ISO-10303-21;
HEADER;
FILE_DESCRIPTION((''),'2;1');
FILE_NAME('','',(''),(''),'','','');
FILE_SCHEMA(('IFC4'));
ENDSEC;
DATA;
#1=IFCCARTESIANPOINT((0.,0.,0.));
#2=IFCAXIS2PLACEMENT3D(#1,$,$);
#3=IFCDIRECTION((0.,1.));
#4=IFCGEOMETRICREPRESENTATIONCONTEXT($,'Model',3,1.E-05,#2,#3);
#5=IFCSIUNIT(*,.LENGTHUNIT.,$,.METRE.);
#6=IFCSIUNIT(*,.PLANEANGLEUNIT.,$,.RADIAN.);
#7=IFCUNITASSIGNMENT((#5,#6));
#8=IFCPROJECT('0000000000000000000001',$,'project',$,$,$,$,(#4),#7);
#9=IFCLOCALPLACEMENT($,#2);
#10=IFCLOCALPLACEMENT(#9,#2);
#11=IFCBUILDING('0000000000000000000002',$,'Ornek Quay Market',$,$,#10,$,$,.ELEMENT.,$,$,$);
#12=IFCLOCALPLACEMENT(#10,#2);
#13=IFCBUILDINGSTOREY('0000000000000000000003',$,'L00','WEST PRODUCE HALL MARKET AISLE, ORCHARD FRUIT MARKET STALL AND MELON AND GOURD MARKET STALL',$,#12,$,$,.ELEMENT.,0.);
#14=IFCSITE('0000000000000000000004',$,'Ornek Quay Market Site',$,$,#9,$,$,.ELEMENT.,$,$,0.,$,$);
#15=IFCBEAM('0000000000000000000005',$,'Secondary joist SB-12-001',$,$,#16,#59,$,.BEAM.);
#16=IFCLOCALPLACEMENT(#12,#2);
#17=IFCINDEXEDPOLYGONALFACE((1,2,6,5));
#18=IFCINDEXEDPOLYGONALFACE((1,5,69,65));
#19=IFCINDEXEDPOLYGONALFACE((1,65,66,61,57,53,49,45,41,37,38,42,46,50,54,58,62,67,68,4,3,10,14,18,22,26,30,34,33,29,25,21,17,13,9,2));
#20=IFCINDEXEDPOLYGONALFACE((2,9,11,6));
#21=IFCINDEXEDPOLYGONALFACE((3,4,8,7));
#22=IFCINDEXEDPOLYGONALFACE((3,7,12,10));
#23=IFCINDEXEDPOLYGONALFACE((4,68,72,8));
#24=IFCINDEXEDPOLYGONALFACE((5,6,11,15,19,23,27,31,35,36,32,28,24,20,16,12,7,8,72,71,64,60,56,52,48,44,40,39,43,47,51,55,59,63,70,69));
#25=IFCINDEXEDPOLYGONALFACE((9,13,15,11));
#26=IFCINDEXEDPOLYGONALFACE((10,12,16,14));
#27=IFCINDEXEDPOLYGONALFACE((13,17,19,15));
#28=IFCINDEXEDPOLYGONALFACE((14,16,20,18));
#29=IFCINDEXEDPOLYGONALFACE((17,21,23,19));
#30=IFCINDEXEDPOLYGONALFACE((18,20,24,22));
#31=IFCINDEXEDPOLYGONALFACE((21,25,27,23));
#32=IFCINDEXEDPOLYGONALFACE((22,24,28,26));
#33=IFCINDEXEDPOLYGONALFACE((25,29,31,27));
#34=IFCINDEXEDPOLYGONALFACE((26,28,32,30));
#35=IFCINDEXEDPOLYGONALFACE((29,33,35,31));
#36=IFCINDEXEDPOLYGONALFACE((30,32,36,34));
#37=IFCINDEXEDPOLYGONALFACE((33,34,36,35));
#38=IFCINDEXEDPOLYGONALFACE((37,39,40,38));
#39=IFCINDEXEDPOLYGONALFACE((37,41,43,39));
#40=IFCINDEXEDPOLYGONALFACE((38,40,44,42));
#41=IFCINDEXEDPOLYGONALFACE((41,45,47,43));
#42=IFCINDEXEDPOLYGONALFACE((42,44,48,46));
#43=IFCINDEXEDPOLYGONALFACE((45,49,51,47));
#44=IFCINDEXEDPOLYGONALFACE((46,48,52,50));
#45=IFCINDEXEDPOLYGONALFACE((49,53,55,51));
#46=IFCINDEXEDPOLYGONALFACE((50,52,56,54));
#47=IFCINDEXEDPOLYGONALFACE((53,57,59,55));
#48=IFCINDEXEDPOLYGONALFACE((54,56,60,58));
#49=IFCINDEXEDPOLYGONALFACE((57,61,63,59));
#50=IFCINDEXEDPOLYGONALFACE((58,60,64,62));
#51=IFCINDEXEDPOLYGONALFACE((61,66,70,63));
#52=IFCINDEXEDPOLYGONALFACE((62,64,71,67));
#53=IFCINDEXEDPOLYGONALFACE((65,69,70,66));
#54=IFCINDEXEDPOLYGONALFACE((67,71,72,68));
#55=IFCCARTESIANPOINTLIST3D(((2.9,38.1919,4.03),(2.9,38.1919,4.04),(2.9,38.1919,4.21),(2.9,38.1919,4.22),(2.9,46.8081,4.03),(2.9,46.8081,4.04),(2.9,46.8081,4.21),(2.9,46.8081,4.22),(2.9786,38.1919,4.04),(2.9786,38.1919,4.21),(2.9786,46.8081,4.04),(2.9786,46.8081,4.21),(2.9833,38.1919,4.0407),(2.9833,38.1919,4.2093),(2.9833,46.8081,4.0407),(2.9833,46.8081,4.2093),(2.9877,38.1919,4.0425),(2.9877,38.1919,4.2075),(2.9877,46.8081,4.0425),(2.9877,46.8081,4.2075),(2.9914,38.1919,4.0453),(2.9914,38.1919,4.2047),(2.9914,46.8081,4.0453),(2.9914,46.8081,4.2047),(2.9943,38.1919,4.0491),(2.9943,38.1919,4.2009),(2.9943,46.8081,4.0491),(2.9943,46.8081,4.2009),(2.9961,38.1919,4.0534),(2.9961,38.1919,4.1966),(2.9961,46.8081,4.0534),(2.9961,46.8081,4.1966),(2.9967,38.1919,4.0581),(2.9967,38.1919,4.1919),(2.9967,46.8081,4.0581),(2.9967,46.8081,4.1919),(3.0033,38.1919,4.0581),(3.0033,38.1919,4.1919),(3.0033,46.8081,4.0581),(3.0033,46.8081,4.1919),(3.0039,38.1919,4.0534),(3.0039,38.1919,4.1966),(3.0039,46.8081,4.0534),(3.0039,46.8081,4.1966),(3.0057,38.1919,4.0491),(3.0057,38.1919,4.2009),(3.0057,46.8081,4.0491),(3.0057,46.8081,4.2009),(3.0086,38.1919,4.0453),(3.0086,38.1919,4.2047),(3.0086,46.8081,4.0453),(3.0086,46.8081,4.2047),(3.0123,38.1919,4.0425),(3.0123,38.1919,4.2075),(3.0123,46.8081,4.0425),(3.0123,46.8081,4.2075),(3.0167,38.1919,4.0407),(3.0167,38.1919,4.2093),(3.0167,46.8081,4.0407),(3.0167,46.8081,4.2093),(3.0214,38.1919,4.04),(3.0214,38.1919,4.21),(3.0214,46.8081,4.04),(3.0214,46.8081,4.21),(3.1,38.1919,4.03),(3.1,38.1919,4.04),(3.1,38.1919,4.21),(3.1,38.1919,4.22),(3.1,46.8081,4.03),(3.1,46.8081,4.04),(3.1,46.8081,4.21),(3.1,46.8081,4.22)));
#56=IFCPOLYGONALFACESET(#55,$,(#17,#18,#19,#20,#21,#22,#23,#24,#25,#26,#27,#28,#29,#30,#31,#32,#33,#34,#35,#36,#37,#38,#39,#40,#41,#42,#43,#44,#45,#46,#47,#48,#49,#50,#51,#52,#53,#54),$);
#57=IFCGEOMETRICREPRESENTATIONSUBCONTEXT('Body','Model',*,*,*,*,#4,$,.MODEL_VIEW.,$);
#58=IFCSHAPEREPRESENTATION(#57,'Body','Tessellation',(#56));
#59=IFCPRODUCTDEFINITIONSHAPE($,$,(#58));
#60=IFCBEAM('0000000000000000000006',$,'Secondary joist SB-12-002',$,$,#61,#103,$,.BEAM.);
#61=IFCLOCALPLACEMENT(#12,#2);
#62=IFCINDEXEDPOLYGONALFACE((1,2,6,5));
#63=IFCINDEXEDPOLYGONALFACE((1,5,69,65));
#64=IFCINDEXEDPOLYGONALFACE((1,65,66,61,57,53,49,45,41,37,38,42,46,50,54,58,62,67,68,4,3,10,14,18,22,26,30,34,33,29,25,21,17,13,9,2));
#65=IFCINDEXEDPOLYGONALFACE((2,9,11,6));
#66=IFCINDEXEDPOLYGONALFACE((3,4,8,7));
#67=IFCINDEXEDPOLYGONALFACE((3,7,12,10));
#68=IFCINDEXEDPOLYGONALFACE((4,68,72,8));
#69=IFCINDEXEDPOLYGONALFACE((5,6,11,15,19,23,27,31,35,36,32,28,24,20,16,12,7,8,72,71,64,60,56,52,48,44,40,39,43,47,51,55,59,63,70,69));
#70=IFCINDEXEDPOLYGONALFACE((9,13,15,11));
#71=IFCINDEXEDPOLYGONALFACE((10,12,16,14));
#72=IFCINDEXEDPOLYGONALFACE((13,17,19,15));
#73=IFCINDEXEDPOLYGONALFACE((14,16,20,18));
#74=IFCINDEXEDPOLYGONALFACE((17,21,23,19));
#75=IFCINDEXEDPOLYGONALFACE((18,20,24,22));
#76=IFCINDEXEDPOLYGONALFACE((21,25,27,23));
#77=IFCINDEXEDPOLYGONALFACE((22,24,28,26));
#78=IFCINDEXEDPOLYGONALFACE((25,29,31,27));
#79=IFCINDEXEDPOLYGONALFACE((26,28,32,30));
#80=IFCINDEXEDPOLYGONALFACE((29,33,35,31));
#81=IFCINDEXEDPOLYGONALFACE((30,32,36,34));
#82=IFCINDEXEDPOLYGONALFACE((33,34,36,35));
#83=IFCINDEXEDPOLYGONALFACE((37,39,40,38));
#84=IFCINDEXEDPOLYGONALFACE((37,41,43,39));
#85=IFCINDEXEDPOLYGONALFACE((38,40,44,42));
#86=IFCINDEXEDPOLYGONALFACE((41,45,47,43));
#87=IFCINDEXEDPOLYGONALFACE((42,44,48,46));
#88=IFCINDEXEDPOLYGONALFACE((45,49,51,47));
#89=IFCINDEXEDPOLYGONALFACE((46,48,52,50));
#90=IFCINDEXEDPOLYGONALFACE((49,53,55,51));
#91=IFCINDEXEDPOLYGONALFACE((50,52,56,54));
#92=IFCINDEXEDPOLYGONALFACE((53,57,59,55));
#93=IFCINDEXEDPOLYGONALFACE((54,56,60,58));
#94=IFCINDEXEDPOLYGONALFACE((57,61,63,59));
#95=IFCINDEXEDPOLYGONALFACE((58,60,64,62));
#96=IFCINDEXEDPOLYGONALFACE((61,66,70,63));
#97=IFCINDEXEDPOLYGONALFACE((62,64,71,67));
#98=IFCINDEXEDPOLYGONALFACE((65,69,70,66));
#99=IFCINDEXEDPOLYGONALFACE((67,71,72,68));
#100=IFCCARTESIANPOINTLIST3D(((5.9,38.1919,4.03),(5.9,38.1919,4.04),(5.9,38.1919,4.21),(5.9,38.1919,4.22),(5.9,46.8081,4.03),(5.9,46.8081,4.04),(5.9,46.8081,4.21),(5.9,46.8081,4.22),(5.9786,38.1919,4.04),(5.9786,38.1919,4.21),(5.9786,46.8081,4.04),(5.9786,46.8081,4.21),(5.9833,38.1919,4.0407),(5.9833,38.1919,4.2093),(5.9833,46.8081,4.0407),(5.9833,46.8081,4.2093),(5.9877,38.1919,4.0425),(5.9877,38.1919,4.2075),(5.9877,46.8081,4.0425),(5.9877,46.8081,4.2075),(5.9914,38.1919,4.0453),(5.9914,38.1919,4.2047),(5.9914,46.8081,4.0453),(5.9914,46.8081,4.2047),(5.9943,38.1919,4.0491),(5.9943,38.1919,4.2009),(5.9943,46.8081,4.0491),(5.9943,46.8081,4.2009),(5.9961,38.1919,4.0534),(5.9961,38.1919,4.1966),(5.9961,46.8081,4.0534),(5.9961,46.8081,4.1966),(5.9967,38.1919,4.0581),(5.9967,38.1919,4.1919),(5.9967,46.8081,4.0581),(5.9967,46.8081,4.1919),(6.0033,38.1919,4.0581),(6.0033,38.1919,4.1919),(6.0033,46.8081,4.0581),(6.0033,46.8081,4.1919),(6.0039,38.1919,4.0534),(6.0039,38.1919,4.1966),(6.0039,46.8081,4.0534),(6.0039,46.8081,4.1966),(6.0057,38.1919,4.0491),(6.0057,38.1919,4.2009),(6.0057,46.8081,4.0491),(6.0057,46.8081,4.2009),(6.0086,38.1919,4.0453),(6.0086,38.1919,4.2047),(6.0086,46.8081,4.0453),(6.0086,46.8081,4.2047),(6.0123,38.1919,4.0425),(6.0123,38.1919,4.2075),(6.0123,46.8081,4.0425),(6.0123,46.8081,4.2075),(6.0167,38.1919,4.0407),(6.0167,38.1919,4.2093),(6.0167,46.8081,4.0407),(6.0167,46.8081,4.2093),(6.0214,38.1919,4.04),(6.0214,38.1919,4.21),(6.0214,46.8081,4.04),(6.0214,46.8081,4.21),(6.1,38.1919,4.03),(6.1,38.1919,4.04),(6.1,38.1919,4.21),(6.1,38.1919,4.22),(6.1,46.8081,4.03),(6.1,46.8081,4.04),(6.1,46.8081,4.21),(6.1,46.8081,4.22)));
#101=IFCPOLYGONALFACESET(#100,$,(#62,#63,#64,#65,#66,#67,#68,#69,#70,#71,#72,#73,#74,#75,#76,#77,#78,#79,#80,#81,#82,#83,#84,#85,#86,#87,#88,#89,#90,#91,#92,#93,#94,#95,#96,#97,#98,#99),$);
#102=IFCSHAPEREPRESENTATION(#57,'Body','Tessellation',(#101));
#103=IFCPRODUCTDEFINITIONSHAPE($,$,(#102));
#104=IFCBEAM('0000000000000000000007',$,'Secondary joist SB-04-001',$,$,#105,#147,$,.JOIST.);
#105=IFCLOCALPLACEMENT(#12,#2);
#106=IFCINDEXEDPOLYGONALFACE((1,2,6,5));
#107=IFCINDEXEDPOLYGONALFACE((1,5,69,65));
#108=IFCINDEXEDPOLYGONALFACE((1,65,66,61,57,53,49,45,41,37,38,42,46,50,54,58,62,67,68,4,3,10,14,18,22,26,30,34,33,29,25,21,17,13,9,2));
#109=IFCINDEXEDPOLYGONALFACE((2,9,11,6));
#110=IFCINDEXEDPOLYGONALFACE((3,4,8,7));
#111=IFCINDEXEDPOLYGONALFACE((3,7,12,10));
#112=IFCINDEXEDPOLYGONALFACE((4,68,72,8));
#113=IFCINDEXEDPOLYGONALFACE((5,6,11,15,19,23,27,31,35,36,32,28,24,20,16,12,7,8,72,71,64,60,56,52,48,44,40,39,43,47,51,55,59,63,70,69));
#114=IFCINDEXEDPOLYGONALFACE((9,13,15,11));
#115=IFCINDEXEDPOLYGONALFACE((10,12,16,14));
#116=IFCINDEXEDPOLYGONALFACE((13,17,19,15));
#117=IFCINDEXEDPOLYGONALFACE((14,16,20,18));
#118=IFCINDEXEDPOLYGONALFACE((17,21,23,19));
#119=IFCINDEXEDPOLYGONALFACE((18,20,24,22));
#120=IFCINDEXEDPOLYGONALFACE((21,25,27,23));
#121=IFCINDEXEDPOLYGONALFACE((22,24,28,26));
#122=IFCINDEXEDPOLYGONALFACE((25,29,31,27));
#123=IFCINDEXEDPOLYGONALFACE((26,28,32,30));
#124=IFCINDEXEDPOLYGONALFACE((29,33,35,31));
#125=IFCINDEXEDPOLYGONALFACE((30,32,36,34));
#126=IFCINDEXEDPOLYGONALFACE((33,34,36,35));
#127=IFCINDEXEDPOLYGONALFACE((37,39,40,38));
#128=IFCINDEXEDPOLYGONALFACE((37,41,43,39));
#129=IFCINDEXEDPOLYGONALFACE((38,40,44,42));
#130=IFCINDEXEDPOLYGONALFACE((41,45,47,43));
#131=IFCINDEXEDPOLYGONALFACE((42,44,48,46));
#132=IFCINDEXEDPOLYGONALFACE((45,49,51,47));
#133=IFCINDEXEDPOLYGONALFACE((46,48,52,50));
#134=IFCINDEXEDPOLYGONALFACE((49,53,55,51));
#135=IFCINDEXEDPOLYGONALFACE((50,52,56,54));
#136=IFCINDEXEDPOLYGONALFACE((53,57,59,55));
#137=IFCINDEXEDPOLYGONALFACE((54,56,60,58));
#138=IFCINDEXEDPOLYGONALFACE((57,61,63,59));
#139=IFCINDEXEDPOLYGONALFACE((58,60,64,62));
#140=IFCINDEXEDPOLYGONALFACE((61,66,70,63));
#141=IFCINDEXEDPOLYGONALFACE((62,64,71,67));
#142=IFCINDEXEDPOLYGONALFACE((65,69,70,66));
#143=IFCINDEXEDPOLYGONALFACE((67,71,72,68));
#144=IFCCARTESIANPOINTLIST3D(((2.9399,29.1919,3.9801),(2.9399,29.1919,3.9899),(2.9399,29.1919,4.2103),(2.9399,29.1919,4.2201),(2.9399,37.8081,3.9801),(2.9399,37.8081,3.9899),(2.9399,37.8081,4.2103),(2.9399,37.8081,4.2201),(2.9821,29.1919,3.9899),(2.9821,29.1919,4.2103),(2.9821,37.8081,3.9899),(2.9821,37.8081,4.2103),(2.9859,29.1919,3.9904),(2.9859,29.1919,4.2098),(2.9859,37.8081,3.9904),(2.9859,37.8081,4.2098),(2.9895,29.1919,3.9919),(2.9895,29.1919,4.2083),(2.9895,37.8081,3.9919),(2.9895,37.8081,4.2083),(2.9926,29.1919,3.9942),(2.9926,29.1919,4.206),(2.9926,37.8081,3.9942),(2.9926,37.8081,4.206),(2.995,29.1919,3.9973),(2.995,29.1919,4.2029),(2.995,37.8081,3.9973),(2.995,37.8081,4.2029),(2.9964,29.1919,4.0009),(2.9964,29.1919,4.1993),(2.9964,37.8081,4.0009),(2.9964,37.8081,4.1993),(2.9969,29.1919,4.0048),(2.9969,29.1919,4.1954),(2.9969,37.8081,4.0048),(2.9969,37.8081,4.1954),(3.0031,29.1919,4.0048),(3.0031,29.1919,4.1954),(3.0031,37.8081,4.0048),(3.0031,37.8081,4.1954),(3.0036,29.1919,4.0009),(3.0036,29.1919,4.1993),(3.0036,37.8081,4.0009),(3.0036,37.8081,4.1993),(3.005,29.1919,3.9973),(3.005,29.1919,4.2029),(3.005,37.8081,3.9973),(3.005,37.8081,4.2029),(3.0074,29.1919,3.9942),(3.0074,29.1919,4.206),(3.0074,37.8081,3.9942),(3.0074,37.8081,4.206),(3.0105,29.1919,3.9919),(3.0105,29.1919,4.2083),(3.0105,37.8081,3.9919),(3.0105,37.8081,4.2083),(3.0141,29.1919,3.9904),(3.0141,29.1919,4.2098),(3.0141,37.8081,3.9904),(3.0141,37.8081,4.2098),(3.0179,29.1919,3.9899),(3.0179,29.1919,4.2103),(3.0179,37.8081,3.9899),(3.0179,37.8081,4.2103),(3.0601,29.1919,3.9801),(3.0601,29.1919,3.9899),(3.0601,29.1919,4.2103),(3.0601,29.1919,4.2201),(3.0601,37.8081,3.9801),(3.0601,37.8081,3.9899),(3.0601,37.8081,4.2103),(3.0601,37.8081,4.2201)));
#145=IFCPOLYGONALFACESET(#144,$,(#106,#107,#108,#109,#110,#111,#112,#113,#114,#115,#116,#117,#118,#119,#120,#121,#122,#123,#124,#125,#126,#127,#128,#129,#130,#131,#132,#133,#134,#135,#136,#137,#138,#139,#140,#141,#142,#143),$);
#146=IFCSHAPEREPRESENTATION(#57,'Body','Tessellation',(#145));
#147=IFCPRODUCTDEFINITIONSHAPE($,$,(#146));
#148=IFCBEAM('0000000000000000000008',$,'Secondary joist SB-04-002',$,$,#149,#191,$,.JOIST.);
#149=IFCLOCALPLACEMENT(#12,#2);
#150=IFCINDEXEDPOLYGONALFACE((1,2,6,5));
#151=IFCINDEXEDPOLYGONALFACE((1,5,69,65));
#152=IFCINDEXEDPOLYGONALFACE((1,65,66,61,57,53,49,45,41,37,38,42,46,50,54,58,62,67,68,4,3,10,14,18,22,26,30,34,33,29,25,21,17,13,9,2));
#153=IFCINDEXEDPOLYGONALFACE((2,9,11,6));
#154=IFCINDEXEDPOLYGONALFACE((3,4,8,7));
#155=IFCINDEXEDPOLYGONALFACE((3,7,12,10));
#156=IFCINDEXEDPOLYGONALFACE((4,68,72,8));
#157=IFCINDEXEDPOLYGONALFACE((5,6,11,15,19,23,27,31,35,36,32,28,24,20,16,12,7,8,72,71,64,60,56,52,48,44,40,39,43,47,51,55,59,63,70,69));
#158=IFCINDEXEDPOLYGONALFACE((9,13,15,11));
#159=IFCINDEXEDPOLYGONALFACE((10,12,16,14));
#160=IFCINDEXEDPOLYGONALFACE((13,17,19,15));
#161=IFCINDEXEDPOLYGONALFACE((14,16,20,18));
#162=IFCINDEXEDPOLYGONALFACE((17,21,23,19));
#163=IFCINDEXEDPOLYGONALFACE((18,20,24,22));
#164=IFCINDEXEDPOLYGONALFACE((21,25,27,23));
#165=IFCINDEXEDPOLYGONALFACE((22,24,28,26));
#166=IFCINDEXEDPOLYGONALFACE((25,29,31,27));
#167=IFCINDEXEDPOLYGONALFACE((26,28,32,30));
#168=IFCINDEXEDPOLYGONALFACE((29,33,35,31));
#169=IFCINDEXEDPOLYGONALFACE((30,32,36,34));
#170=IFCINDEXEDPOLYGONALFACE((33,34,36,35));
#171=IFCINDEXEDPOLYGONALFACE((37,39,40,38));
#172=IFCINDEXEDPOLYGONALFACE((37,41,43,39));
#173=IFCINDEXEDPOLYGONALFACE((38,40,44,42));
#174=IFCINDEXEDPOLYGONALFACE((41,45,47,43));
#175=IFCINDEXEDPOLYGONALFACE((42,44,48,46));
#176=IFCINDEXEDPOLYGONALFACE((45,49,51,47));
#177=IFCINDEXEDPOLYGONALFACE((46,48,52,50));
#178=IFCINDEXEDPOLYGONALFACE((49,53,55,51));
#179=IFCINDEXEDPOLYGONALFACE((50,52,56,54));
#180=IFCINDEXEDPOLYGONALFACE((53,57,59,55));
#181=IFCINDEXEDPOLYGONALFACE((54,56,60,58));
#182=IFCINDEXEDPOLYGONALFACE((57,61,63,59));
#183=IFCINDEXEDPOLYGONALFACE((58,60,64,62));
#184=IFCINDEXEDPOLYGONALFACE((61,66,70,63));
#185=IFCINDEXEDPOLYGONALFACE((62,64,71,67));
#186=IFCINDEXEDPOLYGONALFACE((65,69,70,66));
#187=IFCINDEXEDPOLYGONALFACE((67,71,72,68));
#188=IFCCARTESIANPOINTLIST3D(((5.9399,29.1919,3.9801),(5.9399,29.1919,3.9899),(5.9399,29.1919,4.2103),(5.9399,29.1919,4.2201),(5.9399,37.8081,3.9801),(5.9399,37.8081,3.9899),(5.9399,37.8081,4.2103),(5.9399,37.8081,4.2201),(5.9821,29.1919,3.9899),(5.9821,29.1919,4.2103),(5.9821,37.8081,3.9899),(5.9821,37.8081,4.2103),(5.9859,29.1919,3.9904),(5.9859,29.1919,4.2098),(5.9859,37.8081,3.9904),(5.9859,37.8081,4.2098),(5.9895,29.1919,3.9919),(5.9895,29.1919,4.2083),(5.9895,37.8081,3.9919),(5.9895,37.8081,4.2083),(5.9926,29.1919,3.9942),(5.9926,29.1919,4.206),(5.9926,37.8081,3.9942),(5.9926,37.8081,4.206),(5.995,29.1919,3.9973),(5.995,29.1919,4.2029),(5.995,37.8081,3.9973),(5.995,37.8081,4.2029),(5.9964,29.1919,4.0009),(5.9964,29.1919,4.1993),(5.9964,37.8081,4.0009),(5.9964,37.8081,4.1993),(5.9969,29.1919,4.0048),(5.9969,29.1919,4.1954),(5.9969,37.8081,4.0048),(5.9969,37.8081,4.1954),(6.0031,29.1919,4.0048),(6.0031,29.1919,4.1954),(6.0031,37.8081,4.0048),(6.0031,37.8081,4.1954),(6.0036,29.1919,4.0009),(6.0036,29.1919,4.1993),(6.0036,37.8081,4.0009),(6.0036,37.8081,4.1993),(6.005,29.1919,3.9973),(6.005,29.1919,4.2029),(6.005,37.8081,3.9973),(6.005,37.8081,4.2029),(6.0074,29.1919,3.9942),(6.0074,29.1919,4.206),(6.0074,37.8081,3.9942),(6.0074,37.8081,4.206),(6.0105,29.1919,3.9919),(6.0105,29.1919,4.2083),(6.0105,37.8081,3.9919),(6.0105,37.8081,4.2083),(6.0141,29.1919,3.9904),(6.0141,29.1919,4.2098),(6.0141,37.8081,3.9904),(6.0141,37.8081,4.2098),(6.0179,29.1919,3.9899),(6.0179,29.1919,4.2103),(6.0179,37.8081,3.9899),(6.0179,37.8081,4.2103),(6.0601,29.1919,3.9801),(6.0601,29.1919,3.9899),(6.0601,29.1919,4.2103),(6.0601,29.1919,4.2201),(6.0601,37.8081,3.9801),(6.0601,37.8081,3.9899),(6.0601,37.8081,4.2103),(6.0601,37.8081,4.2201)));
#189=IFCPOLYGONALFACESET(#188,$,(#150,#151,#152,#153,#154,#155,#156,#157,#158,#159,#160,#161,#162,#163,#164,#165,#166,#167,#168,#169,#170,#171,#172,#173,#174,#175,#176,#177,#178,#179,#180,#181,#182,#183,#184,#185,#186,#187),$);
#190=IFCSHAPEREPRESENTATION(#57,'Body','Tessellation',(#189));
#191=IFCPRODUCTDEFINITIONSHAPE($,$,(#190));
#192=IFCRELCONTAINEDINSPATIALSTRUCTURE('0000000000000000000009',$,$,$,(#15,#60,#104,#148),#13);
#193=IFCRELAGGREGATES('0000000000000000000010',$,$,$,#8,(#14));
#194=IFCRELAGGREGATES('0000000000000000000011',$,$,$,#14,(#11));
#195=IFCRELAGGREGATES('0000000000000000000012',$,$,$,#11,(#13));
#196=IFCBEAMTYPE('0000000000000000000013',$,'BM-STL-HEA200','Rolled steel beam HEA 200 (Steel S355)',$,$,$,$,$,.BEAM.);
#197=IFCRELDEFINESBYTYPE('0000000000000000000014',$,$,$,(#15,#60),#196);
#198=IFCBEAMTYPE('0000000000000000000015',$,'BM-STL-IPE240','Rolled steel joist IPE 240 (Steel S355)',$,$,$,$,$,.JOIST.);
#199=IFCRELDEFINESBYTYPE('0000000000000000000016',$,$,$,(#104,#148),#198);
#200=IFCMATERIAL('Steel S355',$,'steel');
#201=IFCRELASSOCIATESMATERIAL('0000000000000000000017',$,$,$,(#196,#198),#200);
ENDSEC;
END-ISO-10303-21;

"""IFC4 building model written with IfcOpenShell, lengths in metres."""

from ifc_helpers import new_model, si_unit, direction, frame, origin, origin_2d, place, context, subcontext, project, spatial, i_section, extrude, material, material_profile, profile_set, type_object, element, save


model = new_model("IFC4")

# Units and contexts
model_context = context("Model", 3, precision=1e-05, world=origin(), true_north=direction((0.0, 1.0)))
body_context = subcontext(model_context, "Body", "Model", "MODEL_VIEW")
ifc_project = project(units=[si_unit("LENGTHUNIT", "METRE"), si_unit("PLANEANGLEUNIT", "RADIAN")], contexts=[model_context])

# Site, building, storey
site_placement = place(None, origin())
site = spatial("IfcSite", under=ifc_project, at=site_placement, Name="Ornek Quay Market Site", CompositionType="ELEMENT", RefElevation=0.0)
building_placement = place(site_placement, origin())
building = spatial("IfcBuilding", under=site, at=building_placement, Name="Ornek Quay Market", CompositionType="ELEMENT")
storey_placement = place(building_placement, origin())
storey = spatial("IfcBuildingStorey", under=building, at=storey_placement, Name="L00", Description="WEST PRODUCE HALL MARKET AISLE, ORCHARD FRUIT MARKET STALL AND MELON AND GOURD MARKET STALL", CompositionType="ELEMENT", Elevation=0.0)

# Beams
ifc_material_1 = material(Name="Steel S355", Category="steel")
ifc_material_profile_1 = material_profile(ifc_material_1, i_section(OverallWidth=0.2, OverallDepth=0.1899, WebThickness=0.0066, FlangeThickness=0.01, FilletRadius=0.0181, at=origin_2d()), Name="HEA 200", Category="steel")
ifc_profile_set_1 = profile_set([ifc_material_profile_1], Name="Steel S355")
beam_type_1 = type_object("IfcBeamType", Name="BM-STL-HEA200", Description="Rolled steel beam HEA 200 (Steel S355)", PredefinedType="BEAM", material=ifc_profile_set_1)
for number, where, z_axis, x_axis, name in (
    (1, (3.0, 38.1919, 4.125), (0.0, 1.0, 0.0), (-1.0, 0.0, 0.0), "Secondary joist SB-12-001"),
    (2, (6.0, 38.1919, 4.125), (0.0, 1.0, 0.0), (-1.0, 0.0, 0.0), "Secondary joist SB-12-002"),
):
    element("IfcBeam", number, at=place(storey_placement, frame(where, z_axis=z_axis, x_axis=x_axis)), inside=storey, type_object=beam_type_1, Name=name, PredefinedType="BEAM", context=body_context, shape_type="SweptSolid", body=[
        extrude(i_section(OverallWidth=0.2, OverallDepth=0.1899, WebThickness=0.0066, FlangeThickness=0.01, FilletRadius=0.0181, at=origin_2d()), origin(), (0.0, 0.0, 1.0), 8.6162),
    ])
ifc_material_profile_2 = material_profile(ifc_material_1, i_section(OverallWidth=0.1201, OverallDepth=0.24, WebThickness=0.0061, FlangeThickness=0.0098, FilletRadius=0.0149, at=origin_2d()), Name="IPE 240", Category="steel")
ifc_profile_set_2 = profile_set([ifc_material_profile_2], Name="Steel S355")
beam_type_2 = type_object("IfcBeamType", Name="BM-STL-IPE240", Description="Rolled steel joist IPE 240 (Steel S355)", PredefinedType="JOIST", material=ifc_profile_set_2)
for number, where, z_axis, x_axis, name in (
    (3, (3.0, 29.1919, 4.1001), (0.0, 1.0, 0.0), (-1.0, 0.0, 0.0), "Secondary joist SB-04-001"),
    (4, (6.0, 29.1919, 4.1001), (0.0, 1.0, 0.0), (-1.0, 0.0, 0.0), "Secondary joist SB-04-002"),
):
    element("IfcBeam", number, at=place(storey_placement, frame(where, z_axis=z_axis, x_axis=x_axis)), inside=storey, type_object=beam_type_2, Name=name, PredefinedType="JOIST", context=body_context, shape_type="SweptSolid", body=[
        extrude(i_section(OverallWidth=0.1201, OverallDepth=0.24, WebThickness=0.0061, FlangeThickness=0.0098, FilletRadius=0.0149, at=origin_2d()), origin(), (0.0, 0.0, 1.0), 8.6162),
    ])

save(model, "model.ifc")
